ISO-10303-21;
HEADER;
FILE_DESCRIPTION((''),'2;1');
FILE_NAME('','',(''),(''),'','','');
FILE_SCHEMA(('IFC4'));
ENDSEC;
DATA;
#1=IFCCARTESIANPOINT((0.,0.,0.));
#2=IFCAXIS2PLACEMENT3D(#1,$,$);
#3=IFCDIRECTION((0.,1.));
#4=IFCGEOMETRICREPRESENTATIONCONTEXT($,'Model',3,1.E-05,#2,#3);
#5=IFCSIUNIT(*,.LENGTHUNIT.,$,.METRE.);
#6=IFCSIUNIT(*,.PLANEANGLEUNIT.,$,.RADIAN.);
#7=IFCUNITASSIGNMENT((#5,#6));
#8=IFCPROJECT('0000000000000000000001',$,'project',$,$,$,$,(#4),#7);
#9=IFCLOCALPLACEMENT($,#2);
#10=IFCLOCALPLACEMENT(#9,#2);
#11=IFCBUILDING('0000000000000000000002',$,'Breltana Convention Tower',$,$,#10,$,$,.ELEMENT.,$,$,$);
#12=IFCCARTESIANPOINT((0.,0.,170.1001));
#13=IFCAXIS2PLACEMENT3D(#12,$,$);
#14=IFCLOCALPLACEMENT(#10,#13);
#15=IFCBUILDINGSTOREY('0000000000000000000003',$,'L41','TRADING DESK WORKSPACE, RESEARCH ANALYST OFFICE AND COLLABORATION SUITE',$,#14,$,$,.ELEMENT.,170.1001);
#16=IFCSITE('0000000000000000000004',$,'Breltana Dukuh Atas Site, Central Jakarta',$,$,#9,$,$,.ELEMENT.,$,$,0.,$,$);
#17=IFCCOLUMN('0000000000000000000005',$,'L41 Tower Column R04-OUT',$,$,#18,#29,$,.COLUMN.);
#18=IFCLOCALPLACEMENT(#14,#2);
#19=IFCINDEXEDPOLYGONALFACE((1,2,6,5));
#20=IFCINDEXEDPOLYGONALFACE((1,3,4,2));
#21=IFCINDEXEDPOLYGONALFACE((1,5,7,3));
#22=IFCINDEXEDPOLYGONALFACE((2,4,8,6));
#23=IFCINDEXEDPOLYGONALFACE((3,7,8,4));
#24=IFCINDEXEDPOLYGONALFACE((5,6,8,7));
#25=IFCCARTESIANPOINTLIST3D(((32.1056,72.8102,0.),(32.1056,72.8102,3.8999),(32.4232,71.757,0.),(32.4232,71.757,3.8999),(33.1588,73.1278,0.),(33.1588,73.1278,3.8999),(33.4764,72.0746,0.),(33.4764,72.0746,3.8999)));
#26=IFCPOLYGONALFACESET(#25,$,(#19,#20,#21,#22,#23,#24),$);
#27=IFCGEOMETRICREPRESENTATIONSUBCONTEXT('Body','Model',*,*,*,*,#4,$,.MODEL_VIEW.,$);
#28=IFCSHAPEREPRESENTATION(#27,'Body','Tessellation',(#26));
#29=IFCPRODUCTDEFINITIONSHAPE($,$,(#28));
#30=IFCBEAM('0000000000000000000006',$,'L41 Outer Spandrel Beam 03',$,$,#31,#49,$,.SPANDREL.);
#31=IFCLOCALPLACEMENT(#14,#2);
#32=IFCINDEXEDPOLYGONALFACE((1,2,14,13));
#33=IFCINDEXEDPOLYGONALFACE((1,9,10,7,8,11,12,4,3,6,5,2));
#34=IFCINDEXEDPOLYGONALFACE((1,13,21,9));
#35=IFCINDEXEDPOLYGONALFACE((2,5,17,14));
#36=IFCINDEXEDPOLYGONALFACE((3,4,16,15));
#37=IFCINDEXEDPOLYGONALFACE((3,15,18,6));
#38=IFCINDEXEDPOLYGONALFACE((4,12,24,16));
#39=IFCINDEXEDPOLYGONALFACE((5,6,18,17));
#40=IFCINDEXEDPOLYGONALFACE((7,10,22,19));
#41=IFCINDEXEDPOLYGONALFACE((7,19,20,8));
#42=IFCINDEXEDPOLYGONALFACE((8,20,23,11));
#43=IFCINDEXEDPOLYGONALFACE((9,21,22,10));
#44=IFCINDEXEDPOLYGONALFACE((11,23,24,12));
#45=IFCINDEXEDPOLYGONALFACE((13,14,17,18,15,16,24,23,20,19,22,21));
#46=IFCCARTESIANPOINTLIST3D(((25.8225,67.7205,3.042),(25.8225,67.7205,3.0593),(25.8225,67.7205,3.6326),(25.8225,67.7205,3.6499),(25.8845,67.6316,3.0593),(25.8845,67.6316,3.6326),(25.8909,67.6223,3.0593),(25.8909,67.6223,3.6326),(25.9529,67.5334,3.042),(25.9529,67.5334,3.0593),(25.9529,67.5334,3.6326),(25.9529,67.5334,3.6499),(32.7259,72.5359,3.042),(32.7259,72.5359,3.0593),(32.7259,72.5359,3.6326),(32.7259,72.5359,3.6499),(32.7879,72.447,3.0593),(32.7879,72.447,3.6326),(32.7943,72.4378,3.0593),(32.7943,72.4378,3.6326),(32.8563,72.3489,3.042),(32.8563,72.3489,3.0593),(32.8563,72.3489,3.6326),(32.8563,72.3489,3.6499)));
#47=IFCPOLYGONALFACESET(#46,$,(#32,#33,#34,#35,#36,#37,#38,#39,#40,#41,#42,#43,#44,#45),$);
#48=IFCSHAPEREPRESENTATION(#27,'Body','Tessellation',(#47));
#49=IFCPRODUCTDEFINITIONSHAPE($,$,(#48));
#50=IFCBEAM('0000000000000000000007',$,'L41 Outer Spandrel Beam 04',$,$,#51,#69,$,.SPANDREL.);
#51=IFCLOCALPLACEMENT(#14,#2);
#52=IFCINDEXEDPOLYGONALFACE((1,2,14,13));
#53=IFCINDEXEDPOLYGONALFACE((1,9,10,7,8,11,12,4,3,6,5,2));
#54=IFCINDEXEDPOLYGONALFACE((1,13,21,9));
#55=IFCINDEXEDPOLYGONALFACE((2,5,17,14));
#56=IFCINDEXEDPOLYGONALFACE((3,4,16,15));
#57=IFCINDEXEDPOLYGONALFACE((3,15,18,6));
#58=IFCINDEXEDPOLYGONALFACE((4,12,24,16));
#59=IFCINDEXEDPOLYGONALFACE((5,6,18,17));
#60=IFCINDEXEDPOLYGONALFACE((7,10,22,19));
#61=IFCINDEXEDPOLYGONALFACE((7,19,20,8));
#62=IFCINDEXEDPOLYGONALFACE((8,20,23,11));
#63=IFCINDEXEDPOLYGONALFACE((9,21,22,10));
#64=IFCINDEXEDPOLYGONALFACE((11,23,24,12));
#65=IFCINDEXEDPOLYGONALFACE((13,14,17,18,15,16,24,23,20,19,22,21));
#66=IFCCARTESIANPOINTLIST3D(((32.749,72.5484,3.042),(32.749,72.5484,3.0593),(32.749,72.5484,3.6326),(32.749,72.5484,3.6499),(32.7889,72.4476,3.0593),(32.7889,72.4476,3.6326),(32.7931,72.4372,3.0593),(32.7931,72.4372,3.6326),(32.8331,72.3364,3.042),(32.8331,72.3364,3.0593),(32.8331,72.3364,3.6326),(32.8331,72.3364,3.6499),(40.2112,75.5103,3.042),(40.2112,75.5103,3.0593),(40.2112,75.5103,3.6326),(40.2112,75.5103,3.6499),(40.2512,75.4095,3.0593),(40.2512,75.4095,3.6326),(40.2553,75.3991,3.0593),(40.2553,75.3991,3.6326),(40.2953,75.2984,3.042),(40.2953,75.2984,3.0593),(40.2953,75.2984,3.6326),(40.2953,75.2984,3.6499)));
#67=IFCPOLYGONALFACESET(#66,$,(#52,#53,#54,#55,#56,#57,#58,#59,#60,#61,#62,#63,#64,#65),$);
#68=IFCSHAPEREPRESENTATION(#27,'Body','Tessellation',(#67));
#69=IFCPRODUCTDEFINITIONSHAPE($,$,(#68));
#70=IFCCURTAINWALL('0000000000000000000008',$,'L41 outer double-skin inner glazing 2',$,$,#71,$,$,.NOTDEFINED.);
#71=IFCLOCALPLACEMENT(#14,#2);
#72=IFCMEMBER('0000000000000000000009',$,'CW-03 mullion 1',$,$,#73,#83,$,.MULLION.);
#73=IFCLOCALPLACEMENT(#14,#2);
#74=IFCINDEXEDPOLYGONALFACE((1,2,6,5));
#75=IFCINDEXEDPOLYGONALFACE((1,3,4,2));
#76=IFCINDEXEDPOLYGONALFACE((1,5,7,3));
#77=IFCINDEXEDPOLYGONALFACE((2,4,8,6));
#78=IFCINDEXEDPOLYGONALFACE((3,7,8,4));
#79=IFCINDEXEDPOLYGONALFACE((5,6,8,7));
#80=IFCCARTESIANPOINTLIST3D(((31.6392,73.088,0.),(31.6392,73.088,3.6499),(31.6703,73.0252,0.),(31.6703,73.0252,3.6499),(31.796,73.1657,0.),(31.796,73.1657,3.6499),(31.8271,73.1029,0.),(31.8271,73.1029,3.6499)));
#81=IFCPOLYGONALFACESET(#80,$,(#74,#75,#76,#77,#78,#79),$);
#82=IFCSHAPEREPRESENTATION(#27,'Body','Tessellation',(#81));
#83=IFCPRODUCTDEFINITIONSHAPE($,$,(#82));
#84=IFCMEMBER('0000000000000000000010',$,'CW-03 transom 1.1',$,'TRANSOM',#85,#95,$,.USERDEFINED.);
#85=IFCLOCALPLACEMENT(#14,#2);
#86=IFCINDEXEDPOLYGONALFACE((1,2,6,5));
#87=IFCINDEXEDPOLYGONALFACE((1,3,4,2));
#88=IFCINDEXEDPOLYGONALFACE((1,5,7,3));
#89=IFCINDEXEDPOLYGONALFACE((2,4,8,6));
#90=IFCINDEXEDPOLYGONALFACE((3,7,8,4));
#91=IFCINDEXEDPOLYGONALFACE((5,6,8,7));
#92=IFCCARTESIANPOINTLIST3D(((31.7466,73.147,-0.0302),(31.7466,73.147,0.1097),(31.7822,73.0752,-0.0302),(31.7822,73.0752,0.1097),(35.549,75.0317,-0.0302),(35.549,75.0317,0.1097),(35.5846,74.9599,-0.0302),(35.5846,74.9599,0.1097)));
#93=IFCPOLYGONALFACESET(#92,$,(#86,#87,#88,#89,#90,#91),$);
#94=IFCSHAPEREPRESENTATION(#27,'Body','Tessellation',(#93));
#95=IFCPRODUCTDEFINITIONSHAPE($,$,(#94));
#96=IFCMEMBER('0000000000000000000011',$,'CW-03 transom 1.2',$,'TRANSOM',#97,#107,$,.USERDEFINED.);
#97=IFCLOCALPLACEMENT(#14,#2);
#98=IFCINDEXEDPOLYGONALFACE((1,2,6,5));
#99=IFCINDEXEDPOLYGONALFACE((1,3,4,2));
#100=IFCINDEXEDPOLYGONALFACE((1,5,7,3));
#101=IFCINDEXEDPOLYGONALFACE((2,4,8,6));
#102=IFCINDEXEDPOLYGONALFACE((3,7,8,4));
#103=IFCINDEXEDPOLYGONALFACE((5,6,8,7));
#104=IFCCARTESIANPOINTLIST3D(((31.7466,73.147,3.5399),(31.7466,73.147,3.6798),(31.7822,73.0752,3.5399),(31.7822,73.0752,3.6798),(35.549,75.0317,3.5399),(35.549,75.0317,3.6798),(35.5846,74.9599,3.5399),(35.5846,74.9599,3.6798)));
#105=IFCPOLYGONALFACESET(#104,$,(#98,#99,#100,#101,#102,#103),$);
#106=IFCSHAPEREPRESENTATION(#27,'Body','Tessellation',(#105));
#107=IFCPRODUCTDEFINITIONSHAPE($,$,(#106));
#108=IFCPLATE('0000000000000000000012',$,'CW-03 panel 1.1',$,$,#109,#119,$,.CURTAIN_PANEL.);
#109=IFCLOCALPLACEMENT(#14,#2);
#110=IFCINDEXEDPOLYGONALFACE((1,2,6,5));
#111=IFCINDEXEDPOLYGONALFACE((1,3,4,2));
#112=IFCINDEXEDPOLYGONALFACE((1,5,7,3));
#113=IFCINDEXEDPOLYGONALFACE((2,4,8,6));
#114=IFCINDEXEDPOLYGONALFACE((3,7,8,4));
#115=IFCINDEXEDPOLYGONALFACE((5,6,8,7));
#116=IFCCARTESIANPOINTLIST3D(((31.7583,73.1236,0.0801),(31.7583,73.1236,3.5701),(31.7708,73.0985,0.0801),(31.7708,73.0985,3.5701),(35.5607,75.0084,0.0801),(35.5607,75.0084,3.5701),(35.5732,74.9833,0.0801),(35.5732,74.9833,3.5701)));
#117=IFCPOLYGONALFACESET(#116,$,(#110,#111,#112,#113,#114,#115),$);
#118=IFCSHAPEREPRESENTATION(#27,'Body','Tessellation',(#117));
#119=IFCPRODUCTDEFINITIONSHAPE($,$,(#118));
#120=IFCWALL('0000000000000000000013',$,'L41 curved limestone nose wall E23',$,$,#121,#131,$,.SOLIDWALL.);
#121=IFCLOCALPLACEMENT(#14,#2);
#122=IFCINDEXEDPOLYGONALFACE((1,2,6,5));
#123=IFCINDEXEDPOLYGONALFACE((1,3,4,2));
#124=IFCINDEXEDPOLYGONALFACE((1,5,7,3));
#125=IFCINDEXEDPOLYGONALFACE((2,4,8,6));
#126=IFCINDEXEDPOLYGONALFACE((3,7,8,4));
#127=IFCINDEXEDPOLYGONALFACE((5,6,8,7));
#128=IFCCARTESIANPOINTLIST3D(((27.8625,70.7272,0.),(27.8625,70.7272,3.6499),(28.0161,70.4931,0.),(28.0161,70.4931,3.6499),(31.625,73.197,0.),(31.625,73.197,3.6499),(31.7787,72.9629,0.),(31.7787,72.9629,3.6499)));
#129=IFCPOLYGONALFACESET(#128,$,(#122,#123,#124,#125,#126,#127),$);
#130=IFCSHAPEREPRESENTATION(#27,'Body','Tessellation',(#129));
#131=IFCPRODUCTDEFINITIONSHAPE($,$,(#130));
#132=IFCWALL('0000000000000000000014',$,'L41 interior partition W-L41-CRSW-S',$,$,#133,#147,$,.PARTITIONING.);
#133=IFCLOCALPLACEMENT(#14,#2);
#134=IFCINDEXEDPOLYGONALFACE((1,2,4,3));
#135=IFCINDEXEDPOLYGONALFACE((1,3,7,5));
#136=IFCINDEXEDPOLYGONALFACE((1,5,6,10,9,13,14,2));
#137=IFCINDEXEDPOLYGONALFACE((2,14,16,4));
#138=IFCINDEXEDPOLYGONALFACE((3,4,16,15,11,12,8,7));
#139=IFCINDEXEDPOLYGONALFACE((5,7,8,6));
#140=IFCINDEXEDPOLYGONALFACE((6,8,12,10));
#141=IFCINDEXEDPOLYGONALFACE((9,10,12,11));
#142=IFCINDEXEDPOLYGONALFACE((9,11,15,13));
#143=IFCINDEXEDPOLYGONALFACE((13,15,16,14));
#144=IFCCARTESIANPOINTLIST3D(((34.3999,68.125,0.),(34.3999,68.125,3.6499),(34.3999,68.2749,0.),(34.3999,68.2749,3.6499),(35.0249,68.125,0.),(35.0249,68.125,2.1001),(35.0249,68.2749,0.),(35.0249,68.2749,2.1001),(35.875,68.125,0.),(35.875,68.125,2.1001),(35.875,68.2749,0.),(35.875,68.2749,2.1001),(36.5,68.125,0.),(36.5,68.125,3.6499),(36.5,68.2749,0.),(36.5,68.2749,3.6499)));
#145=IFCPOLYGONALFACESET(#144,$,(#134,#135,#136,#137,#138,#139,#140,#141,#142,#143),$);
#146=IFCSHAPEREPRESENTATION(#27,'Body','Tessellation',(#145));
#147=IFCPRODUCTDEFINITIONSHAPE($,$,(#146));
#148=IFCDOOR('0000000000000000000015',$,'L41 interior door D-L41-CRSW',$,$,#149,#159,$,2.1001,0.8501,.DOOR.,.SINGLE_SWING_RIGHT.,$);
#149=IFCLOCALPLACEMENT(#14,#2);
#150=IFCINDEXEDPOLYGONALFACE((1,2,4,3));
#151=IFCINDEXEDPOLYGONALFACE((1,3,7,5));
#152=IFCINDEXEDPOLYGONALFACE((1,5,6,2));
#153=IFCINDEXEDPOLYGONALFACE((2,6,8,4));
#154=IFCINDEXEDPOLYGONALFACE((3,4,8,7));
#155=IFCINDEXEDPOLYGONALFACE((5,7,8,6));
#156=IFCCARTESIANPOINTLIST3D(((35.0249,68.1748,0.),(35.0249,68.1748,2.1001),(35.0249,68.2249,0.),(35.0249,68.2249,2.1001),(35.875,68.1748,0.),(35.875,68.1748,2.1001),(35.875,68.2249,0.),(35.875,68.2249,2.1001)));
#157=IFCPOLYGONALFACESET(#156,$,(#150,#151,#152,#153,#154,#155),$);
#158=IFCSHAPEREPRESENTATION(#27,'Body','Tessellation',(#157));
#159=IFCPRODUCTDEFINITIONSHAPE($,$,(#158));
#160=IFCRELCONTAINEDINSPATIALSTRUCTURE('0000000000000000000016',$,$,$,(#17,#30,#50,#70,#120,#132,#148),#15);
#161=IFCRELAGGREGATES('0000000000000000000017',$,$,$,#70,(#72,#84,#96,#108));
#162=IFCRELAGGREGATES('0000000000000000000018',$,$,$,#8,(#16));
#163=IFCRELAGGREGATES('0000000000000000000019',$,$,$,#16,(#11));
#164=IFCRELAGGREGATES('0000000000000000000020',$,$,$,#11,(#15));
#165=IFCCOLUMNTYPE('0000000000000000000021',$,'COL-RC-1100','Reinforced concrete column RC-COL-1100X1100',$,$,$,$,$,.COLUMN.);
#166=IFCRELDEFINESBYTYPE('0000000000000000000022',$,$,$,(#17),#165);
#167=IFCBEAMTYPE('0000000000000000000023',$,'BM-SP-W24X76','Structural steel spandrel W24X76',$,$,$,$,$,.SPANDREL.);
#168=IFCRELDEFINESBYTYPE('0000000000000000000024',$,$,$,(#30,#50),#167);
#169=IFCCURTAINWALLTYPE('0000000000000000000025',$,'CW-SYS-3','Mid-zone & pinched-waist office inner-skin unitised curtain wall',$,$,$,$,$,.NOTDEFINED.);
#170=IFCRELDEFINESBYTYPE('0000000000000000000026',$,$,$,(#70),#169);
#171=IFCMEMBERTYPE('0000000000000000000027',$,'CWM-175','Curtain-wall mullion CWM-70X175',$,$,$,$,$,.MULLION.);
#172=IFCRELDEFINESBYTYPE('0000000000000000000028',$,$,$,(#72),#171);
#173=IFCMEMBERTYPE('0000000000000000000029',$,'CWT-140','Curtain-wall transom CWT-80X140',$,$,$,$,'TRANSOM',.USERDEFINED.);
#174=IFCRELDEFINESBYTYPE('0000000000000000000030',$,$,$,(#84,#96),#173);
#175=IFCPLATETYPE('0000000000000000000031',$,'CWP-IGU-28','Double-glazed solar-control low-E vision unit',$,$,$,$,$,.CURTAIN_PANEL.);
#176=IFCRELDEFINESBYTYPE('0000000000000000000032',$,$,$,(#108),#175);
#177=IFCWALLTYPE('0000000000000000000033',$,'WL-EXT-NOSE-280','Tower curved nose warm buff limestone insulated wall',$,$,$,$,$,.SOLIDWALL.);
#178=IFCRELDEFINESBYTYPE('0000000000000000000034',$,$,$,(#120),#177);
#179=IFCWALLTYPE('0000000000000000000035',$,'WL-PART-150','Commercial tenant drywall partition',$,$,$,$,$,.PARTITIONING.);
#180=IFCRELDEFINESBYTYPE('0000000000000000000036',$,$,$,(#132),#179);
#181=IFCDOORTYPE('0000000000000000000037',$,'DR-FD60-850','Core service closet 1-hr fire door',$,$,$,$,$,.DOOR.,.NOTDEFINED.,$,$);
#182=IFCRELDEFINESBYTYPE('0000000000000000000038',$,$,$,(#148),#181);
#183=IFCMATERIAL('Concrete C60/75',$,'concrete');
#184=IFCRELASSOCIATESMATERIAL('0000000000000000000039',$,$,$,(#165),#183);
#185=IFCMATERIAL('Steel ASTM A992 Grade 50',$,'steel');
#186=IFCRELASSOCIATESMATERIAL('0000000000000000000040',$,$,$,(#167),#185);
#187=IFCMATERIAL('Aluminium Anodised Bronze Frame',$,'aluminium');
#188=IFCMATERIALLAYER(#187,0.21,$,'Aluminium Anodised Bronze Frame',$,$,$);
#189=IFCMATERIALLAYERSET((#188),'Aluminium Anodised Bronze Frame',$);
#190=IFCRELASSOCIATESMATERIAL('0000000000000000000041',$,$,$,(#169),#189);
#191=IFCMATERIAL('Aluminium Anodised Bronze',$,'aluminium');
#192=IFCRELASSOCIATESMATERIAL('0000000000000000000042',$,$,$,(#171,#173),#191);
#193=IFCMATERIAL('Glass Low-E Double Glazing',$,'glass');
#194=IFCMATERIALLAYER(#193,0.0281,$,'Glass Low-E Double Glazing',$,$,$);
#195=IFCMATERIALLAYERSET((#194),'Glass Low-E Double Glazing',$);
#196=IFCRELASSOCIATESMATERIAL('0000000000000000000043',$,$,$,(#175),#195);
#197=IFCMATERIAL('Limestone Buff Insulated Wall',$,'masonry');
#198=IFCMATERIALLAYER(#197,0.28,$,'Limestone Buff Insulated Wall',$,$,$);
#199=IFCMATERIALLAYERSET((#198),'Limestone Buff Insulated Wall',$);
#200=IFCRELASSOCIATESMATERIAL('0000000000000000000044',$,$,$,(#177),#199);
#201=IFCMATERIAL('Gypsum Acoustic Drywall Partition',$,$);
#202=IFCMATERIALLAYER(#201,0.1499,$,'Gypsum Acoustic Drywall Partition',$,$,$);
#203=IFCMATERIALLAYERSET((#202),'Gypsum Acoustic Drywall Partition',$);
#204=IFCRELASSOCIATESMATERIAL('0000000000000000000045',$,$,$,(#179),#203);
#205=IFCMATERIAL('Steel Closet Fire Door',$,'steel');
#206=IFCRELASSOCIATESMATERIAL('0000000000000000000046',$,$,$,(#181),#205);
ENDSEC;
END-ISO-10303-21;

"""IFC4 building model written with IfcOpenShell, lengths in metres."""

from ifc_helpers import new_model, si_unit, direction, frame, frame_2d, origin, origin_2d, place, context, subcontext, project, spatial, rectangle, i_section, extrude, source, transform, mapped, material, layer, layer_set, material_profile, profile_set, type_object, type_shapes, element, fill, aggregate, save


model = new_model("IFC4")

# Units and contexts
model_context = context("Model", 3, precision=1e-05, world=origin(), true_north=direction((0.0, 1.0)))
body_context = subcontext(model_context, "Body", "Model", "MODEL_VIEW")
ifc_project = project(units=[si_unit("LENGTHUNIT", "METRE"), si_unit("PLANEANGLEUNIT", "RADIAN")], contexts=[model_context])

# Site, building, storey
site_placement = place(None, origin())
site = spatial("IfcSite", under=ifc_project, at=site_placement, Name="Breltana Dukuh Atas Site, Central Jakarta", CompositionType="ELEMENT", RefElevation=0.0)
building_placement = place(site_placement, origin())
building = spatial("IfcBuilding", under=site, at=building_placement, Name="Breltana Convention Tower", CompositionType="ELEMENT")
storey_placement = place(building_placement, frame((0.0, 0.0, 170.1001)))
storey = spatial("IfcBuildingStorey", under=building, at=storey_placement, Name="L41", Description="TRADING DESK WORKSPACE, RESEARCH ANALYST OFFICE AND COLLABORATION SUITE", CompositionType="ELEMENT", Elevation=170.1001)

# Column
ifc_material_1 = material(Name="Concrete C60/75", Category="concrete")
ifc_material_profile_1 = material_profile(ifc_material_1, rectangle(XDim=1.1001, YDim=1.1001, at=origin_2d()), Name="RC-COL-1100X1100")
ifc_profile_set_1 = profile_set([ifc_material_profile_1], Name="Concrete C60/75")
column_type = type_object("IfcColumnType", Name="COL-RC-1100", Description="Reinforced concrete column RC-COL-1100X1100", PredefinedType="COLUMN", material=ifc_profile_set_1)
shared_shape_1 = source(origin(), body_context, "Body", "SweptSolid", [
    extrude(rectangle(XDim=1.1001, YDim=1.1001, at=origin_2d()), origin(), (0.0, 0.0, 1.0), 3.8999),
])
column_placement = place(storey_placement, frame((32.791, 72.4424, 0.0), z_axis=(0.0, 0.0, 1.0), x_axis=(-0.288698, 0.95742, 0.0)))
element("IfcColumn", 1, at=column_placement, inside=storey, type_object=column_type, Name="L41 Tower Column R04-OUT", PredefinedType="COLUMN", context=body_context, shape_type="MappedRepresentation", body=[
    mapped(shared_shape_1, transform((0.0, 0.0, 0.0), scale=1.0)),
])

# Beams
ifc_material_2 = material(Name="Steel ASTM A992 Grade 50", Category="steel")
ifc_material_profile_2 = material_profile(ifc_material_2, i_section(OverallWidth=0.228, OverallDepth=0.6079, WebThickness=0.0112, FlangeThickness=0.0173, at=origin_2d()), Name="W24X76")
ifc_profile_set_2 = profile_set([ifc_material_profile_2], Name="Steel ASTM A992 Grade 50")
beam_type = type_object("IfcBeamType", Name="BM-SP-W24X76", Description="Structural steel spandrel W24X76", PredefinedType="SPANDREL", material=ifc_profile_set_2)
shared_shape_2 = source(origin(), body_context, "Body", "SweptSolid", [
    extrude(i_section(OverallWidth=0.228, OverallDepth=0.6079, WebThickness=0.0112, FlangeThickness=0.0173, at=origin_2d()), origin(), (0.0, 0.0, 1.0), 8.417),
])
beam_1_placement = place(storey_placement, frame((25.8877, 67.627, 3.3459), z_axis=(0.820174, 0.572114, 0.0), x_axis=(-0.572114, 0.820174, 0.0)))
element("IfcBeam", 2, at=beam_1_placement, inside=storey, type_object=beam_type, Name="L41 Outer Spandrel Beam 03", PredefinedType="SPANDREL", context=body_context, shape_type="MappedRepresentation", body=[
    mapped(shared_shape_2, transform((0.0, 0.0, 0.0), scale=1.0)),
])
shared_shape_3 = source(origin(), body_context, "Body", "SweptSolid", [
    extrude(i_section(OverallWidth=0.228, OverallDepth=0.6079, WebThickness=0.0112, FlangeThickness=0.0173, at=origin_2d()), origin(), (0.0, 0.0, 1.0), 8.0286),
])
beam_2_placement = place(storey_placement, frame((32.791, 72.4424, 3.3459), z_axis=(0.929459, 0.368925, 0.0), x_axis=(-0.368925, 0.929459, 0.0)))
element("IfcBeam", 3, at=beam_2_placement, inside=storey, type_object=beam_type, Name="L41 Outer Spandrel Beam 04", PredefinedType="SPANDREL", context=body_context, shape_type="MappedRepresentation", body=[
    mapped(shared_shape_3, transform((0.0, 0.0, 0.0), scale=1.0)),
])

# Curtain wall, members, plate
ifc_material_3 = material(Name="Aluminium Anodised Bronze Frame", Category="aluminium")
ifc_layer_1 = layer(ifc_material_3, 0.21, Name="Aluminium Anodised Bronze Frame")
ifc_layer_set_1 = layer_set([ifc_layer_1], Name="Aluminium Anodised Bronze Frame")
curtain_wall_type = type_object("IfcCurtainWallType", Name="CW-SYS-3", Description="Mid-zone & pinched-waist office inner-skin unitised curtain wall", PredefinedType="NOTDEFINED", material=ifc_layer_set_1)
curtain_wall_placement = place(storey_placement, origin())
curtain_wall = element("IfcCurtainWall", 4, at=curtain_wall_placement, inside=storey, type_object=curtain_wall_type, Name="L41 outer double-skin inner glazing 2", PredefinedType="NOTDEFINED")
ifc_material_4 = material(Name="Aluminium Anodised Bronze", Category="aluminium")
ifc_material_profile_3 = material_profile(ifc_material_4, rectangle(XDim=0.0701, YDim=0.175, at=origin_2d()), Name="CWM-70X175")
ifc_profile_set_3 = profile_set([ifc_material_profile_3], Name="Aluminium Anodised Bronze")
member_type_1 = type_object("IfcMemberType", Name="CWM-175", Description="Curtain-wall mullion CWM-70X175", PredefinedType="MULLION", material=ifc_profile_set_3)
shared_shape_4 = source(origin(), body_context, "Body", "SweptSolid", [
    extrude(rectangle(XDim=0.0701, YDim=0.175, at=origin_2d()), origin(), (0.0, 0.0, 1.0), 3.6499),
])
member_1_placement = place(storey_placement, frame((31.7332, 73.0955, 0.0), z_axis=(0.0, 0.0, 1.0), x_axis=(-0.444118, 0.895968, 0.0)))
member_1 = element("IfcMember", 5, at=member_1_placement, type_object=member_type_1, Name="CW-03 mullion 1", PredefinedType="MULLION", context=body_context, shape_type="MappedRepresentation", body=[
    mapped(shared_shape_4, transform((0.0, 0.0, 0.0), scale=1.0)),
])
ifc_material_profile_4 = material_profile(ifc_material_4, rectangle(XDim=0.0801, YDim=0.1399, at=origin_2d()), Name="CWT-80X140")
ifc_profile_set_4 = profile_set([ifc_material_profile_4], Name="Aluminium Anodised Bronze")
member_type_2 = type_object("IfcMemberType", Name="CWT-140", Description="Curtain-wall transom CWT-80X140", ElementType="TRANSOM", PredefinedType="USERDEFINED", material=ifc_profile_set_4)
shared_shape_5 = source(origin(), body_context, "Body", "SweptSolid", [
    extrude(rectangle(XDim=0.0801, YDim=0.1399, at=origin_2d()), origin(), (0.0, 0.0, 1.0), 4.2439),
])
member_2_placement = place(storey_placement, frame((31.7644, 73.1111, 0.0398), z_axis=(0.895975, 0.444104, 0.0), x_axis=(-0.444104, 0.895975, 0.0)))
member_2 = element("IfcMember", 6, at=member_2_placement, type_object=member_type_2, Name="CW-03 transom 1.1", ObjectType="TRANSOM", PredefinedType="USERDEFINED", context=body_context, shape_type="MappedRepresentation", body=[
    mapped(shared_shape_5, transform((0.0, 0.0, 0.0), scale=1.0)),
])
member_3_placement = place(storey_placement, frame((31.7644, 73.1111, 3.6099), z_axis=(0.895975, 0.444104, 0.0), x_axis=(-0.444104, 0.895975, 0.0)))
member_3 = element("IfcMember", 7, at=member_3_placement, type_object=member_type_2, Name="CW-03 transom 1.2", ObjectType="TRANSOM", PredefinedType="USERDEFINED", context=body_context, shape_type="MappedRepresentation", body=[
    mapped(shared_shape_5, transform((0.0, 0.0, 0.0), scale=1.0)),
])
ifc_material_5 = material(Name="Glass Low-E Double Glazing", Category="glass")
ifc_layer_2 = layer(ifc_material_5, 0.0281, Name="Glass Low-E Double Glazing")
ifc_layer_set_2 = layer_set([ifc_layer_2], Name="Glass Low-E Double Glazing")
plate_type = type_object("IfcPlateType", Name="CWP-IGU-28", Description="Double-glazed solar-control low-E vision unit", PredefinedType="CURTAIN_PANEL", material=ifc_layer_set_2)
shared_shape_6 = source(origin(), body_context, "Body", "SweptSolid", [
    extrude(rectangle(XDim=4.2439, YDim=0.0281, at=origin_2d()), origin(), (0.0, 0.0, 1.0), 3.49),
])
plate_placement = place(storey_placement, frame((33.6658, 74.0535, 0.0801), z_axis=(0.0, 0.0, 1.0), x_axis=(0.895968, 0.444118, 0.0)))
plate = element("IfcPlate", 8, at=plate_placement, type_object=plate_type, Name="CW-03 panel 1.1", PredefinedType="CURTAIN_PANEL", context=body_context, shape_type="MappedRepresentation", body=[
    mapped(shared_shape_6, transform((0.0, 0.0, 0.0), scale=1.0)),
])
aggregate(curtain_wall, [member_1, member_2, member_3, plate])

# Wall
ifc_material_6 = material(Name="Limestone Buff Insulated Wall", Category="masonry")
ifc_layer_3 = layer(ifc_material_6, 0.28, Name="Limestone Buff Insulated Wall")
ifc_layer_set_3 = layer_set([ifc_layer_3], Name="Limestone Buff Insulated Wall")
wall_type_1 = type_object("IfcWallType", Name="WL-EXT-NOSE-280", Description="Tower curved nose warm buff limestone insulated wall", PredefinedType="SOLIDWALL", material=ifc_layer_set_3)
shared_shape_7 = source(origin(), body_context, "Body", "SweptSolid", [
    extrude(rectangle(XDim=4.5007, YDim=0.28, at=frame_2d((2.2505, 0.0))), origin(), (0.0, 0.0, 1.0), 3.6499),
])
wall_1_placement = place(storey_placement, frame((27.9392, 70.6101, 0.0), z_axis=(0.0, 0.0, 1.0), x_axis=(0.835985, 0.548752, 0.0)))
element("IfcWall", 9, at=wall_1_placement, inside=storey, type_object=wall_type_1, Name="L41 curved limestone nose wall E23", PredefinedType="SOLIDWALL", context=body_context, shape_type="MappedRepresentation", body=[
    mapped(shared_shape_7, transform((0.0, 0.0, 0.0), scale=1.0)),
])

# Wall, opening, door
ifc_material_7 = material(Name="Gypsum Acoustic Drywall Partition")
ifc_layer_4 = layer(ifc_material_7, 0.1499, Name="Gypsum Acoustic Drywall Partition")
ifc_layer_set_4 = layer_set([ifc_layer_4], Name="Gypsum Acoustic Drywall Partition")
wall_type_2 = type_object("IfcWallType", Name="WL-PART-150", Description="Commercial tenant drywall partition", PredefinedType="PARTITIONING", material=ifc_layer_set_4)
shared_shape_8 = source(origin(), body_context, "Body", "SweptSolid", [
    extrude(rectangle(XDim=2.1001, YDim=0.1499, at=frame_2d((1.05, 0.0))), origin(), (0.0, 0.0, 1.0), 3.6499),
])
wall_2_placement = place(storey_placement, frame((34.3999, 68.2, 0.0), z_axis=(0.0, 0.0, 1.0), x_axis=(1.0, 0.0, 0.0)))
wall_2 = element("IfcWall", 10, at=wall_2_placement, inside=storey, type_object=wall_type_2, Name="L41 interior partition W-L41-CRSW-S", PredefinedType="PARTITIONING", context=body_context, shape_type="MappedRepresentation", body=[
    mapped(shared_shape_8, transform((0.0, 0.0, 0.0), scale=1.0)),
])
opening_1_placement = place(wall_2_placement, frame((0.625, 0.0, 0.0)))
opening_1 = element("IfcOpeningElement", 11, at=opening_1_placement, cuts=wall_2, PredefinedType="OPENING", context=body_context, shape_type="SweptSolid", body=[
    extrude(rectangle(XDim=0.8501, YDim=2.1001, at=frame_2d((0.425, 1.05))), frame((0.0, 0.085, 0.0), z_axis=(0.0, -1.0, 0.0), x_axis=(1.0, 0.0, 0.0)), (0.0, 0.0, 1.0), 0.1699),
])
ifc_material_8 = material(Name="Steel Closet Fire Door", Category="steel")
door_type_1 = type_object("IfcDoorType", Name="DR-FD60-850", Description="Core service closet 1-hr fire door", OperationType="NOTDEFINED", PredefinedType="DOOR", material=ifc_material_8)
shared_shape_9 = source(origin(), body_context, "Body", "SweptSolid", [
    extrude(rectangle(XDim=0.8501, YDim=2.1001, at=frame_2d((0.425, 1.05))), frame((0.0, 0.0249, 0.0), z_axis=(0.0, -1.0, 0.0), x_axis=(1.0, 0.0, 0.0)), (0.0, 0.0, 1.0), 0.05),
])
type_shapes(door_type_1, [shared_shape_9])
door_1_placement = place(opening_1_placement, origin())
door_1 = element("IfcDoor", 12, at=door_1_placement, inside=storey, type_object=door_type_1, Name="L41 interior door D-L41-CRSW", OperationType="SINGLE_SWING_RIGHT", OverallHeight=2.1001, OverallWidth=0.8501, PredefinedType="DOOR", context=body_context, shape_type="MappedRepresentation", body=[
    mapped(shared_shape_9, transform((0.0, 0.0, 0.0), scale=1.0)),
])
fill(opening_1, door_1)

save(model, "model.ifc")
